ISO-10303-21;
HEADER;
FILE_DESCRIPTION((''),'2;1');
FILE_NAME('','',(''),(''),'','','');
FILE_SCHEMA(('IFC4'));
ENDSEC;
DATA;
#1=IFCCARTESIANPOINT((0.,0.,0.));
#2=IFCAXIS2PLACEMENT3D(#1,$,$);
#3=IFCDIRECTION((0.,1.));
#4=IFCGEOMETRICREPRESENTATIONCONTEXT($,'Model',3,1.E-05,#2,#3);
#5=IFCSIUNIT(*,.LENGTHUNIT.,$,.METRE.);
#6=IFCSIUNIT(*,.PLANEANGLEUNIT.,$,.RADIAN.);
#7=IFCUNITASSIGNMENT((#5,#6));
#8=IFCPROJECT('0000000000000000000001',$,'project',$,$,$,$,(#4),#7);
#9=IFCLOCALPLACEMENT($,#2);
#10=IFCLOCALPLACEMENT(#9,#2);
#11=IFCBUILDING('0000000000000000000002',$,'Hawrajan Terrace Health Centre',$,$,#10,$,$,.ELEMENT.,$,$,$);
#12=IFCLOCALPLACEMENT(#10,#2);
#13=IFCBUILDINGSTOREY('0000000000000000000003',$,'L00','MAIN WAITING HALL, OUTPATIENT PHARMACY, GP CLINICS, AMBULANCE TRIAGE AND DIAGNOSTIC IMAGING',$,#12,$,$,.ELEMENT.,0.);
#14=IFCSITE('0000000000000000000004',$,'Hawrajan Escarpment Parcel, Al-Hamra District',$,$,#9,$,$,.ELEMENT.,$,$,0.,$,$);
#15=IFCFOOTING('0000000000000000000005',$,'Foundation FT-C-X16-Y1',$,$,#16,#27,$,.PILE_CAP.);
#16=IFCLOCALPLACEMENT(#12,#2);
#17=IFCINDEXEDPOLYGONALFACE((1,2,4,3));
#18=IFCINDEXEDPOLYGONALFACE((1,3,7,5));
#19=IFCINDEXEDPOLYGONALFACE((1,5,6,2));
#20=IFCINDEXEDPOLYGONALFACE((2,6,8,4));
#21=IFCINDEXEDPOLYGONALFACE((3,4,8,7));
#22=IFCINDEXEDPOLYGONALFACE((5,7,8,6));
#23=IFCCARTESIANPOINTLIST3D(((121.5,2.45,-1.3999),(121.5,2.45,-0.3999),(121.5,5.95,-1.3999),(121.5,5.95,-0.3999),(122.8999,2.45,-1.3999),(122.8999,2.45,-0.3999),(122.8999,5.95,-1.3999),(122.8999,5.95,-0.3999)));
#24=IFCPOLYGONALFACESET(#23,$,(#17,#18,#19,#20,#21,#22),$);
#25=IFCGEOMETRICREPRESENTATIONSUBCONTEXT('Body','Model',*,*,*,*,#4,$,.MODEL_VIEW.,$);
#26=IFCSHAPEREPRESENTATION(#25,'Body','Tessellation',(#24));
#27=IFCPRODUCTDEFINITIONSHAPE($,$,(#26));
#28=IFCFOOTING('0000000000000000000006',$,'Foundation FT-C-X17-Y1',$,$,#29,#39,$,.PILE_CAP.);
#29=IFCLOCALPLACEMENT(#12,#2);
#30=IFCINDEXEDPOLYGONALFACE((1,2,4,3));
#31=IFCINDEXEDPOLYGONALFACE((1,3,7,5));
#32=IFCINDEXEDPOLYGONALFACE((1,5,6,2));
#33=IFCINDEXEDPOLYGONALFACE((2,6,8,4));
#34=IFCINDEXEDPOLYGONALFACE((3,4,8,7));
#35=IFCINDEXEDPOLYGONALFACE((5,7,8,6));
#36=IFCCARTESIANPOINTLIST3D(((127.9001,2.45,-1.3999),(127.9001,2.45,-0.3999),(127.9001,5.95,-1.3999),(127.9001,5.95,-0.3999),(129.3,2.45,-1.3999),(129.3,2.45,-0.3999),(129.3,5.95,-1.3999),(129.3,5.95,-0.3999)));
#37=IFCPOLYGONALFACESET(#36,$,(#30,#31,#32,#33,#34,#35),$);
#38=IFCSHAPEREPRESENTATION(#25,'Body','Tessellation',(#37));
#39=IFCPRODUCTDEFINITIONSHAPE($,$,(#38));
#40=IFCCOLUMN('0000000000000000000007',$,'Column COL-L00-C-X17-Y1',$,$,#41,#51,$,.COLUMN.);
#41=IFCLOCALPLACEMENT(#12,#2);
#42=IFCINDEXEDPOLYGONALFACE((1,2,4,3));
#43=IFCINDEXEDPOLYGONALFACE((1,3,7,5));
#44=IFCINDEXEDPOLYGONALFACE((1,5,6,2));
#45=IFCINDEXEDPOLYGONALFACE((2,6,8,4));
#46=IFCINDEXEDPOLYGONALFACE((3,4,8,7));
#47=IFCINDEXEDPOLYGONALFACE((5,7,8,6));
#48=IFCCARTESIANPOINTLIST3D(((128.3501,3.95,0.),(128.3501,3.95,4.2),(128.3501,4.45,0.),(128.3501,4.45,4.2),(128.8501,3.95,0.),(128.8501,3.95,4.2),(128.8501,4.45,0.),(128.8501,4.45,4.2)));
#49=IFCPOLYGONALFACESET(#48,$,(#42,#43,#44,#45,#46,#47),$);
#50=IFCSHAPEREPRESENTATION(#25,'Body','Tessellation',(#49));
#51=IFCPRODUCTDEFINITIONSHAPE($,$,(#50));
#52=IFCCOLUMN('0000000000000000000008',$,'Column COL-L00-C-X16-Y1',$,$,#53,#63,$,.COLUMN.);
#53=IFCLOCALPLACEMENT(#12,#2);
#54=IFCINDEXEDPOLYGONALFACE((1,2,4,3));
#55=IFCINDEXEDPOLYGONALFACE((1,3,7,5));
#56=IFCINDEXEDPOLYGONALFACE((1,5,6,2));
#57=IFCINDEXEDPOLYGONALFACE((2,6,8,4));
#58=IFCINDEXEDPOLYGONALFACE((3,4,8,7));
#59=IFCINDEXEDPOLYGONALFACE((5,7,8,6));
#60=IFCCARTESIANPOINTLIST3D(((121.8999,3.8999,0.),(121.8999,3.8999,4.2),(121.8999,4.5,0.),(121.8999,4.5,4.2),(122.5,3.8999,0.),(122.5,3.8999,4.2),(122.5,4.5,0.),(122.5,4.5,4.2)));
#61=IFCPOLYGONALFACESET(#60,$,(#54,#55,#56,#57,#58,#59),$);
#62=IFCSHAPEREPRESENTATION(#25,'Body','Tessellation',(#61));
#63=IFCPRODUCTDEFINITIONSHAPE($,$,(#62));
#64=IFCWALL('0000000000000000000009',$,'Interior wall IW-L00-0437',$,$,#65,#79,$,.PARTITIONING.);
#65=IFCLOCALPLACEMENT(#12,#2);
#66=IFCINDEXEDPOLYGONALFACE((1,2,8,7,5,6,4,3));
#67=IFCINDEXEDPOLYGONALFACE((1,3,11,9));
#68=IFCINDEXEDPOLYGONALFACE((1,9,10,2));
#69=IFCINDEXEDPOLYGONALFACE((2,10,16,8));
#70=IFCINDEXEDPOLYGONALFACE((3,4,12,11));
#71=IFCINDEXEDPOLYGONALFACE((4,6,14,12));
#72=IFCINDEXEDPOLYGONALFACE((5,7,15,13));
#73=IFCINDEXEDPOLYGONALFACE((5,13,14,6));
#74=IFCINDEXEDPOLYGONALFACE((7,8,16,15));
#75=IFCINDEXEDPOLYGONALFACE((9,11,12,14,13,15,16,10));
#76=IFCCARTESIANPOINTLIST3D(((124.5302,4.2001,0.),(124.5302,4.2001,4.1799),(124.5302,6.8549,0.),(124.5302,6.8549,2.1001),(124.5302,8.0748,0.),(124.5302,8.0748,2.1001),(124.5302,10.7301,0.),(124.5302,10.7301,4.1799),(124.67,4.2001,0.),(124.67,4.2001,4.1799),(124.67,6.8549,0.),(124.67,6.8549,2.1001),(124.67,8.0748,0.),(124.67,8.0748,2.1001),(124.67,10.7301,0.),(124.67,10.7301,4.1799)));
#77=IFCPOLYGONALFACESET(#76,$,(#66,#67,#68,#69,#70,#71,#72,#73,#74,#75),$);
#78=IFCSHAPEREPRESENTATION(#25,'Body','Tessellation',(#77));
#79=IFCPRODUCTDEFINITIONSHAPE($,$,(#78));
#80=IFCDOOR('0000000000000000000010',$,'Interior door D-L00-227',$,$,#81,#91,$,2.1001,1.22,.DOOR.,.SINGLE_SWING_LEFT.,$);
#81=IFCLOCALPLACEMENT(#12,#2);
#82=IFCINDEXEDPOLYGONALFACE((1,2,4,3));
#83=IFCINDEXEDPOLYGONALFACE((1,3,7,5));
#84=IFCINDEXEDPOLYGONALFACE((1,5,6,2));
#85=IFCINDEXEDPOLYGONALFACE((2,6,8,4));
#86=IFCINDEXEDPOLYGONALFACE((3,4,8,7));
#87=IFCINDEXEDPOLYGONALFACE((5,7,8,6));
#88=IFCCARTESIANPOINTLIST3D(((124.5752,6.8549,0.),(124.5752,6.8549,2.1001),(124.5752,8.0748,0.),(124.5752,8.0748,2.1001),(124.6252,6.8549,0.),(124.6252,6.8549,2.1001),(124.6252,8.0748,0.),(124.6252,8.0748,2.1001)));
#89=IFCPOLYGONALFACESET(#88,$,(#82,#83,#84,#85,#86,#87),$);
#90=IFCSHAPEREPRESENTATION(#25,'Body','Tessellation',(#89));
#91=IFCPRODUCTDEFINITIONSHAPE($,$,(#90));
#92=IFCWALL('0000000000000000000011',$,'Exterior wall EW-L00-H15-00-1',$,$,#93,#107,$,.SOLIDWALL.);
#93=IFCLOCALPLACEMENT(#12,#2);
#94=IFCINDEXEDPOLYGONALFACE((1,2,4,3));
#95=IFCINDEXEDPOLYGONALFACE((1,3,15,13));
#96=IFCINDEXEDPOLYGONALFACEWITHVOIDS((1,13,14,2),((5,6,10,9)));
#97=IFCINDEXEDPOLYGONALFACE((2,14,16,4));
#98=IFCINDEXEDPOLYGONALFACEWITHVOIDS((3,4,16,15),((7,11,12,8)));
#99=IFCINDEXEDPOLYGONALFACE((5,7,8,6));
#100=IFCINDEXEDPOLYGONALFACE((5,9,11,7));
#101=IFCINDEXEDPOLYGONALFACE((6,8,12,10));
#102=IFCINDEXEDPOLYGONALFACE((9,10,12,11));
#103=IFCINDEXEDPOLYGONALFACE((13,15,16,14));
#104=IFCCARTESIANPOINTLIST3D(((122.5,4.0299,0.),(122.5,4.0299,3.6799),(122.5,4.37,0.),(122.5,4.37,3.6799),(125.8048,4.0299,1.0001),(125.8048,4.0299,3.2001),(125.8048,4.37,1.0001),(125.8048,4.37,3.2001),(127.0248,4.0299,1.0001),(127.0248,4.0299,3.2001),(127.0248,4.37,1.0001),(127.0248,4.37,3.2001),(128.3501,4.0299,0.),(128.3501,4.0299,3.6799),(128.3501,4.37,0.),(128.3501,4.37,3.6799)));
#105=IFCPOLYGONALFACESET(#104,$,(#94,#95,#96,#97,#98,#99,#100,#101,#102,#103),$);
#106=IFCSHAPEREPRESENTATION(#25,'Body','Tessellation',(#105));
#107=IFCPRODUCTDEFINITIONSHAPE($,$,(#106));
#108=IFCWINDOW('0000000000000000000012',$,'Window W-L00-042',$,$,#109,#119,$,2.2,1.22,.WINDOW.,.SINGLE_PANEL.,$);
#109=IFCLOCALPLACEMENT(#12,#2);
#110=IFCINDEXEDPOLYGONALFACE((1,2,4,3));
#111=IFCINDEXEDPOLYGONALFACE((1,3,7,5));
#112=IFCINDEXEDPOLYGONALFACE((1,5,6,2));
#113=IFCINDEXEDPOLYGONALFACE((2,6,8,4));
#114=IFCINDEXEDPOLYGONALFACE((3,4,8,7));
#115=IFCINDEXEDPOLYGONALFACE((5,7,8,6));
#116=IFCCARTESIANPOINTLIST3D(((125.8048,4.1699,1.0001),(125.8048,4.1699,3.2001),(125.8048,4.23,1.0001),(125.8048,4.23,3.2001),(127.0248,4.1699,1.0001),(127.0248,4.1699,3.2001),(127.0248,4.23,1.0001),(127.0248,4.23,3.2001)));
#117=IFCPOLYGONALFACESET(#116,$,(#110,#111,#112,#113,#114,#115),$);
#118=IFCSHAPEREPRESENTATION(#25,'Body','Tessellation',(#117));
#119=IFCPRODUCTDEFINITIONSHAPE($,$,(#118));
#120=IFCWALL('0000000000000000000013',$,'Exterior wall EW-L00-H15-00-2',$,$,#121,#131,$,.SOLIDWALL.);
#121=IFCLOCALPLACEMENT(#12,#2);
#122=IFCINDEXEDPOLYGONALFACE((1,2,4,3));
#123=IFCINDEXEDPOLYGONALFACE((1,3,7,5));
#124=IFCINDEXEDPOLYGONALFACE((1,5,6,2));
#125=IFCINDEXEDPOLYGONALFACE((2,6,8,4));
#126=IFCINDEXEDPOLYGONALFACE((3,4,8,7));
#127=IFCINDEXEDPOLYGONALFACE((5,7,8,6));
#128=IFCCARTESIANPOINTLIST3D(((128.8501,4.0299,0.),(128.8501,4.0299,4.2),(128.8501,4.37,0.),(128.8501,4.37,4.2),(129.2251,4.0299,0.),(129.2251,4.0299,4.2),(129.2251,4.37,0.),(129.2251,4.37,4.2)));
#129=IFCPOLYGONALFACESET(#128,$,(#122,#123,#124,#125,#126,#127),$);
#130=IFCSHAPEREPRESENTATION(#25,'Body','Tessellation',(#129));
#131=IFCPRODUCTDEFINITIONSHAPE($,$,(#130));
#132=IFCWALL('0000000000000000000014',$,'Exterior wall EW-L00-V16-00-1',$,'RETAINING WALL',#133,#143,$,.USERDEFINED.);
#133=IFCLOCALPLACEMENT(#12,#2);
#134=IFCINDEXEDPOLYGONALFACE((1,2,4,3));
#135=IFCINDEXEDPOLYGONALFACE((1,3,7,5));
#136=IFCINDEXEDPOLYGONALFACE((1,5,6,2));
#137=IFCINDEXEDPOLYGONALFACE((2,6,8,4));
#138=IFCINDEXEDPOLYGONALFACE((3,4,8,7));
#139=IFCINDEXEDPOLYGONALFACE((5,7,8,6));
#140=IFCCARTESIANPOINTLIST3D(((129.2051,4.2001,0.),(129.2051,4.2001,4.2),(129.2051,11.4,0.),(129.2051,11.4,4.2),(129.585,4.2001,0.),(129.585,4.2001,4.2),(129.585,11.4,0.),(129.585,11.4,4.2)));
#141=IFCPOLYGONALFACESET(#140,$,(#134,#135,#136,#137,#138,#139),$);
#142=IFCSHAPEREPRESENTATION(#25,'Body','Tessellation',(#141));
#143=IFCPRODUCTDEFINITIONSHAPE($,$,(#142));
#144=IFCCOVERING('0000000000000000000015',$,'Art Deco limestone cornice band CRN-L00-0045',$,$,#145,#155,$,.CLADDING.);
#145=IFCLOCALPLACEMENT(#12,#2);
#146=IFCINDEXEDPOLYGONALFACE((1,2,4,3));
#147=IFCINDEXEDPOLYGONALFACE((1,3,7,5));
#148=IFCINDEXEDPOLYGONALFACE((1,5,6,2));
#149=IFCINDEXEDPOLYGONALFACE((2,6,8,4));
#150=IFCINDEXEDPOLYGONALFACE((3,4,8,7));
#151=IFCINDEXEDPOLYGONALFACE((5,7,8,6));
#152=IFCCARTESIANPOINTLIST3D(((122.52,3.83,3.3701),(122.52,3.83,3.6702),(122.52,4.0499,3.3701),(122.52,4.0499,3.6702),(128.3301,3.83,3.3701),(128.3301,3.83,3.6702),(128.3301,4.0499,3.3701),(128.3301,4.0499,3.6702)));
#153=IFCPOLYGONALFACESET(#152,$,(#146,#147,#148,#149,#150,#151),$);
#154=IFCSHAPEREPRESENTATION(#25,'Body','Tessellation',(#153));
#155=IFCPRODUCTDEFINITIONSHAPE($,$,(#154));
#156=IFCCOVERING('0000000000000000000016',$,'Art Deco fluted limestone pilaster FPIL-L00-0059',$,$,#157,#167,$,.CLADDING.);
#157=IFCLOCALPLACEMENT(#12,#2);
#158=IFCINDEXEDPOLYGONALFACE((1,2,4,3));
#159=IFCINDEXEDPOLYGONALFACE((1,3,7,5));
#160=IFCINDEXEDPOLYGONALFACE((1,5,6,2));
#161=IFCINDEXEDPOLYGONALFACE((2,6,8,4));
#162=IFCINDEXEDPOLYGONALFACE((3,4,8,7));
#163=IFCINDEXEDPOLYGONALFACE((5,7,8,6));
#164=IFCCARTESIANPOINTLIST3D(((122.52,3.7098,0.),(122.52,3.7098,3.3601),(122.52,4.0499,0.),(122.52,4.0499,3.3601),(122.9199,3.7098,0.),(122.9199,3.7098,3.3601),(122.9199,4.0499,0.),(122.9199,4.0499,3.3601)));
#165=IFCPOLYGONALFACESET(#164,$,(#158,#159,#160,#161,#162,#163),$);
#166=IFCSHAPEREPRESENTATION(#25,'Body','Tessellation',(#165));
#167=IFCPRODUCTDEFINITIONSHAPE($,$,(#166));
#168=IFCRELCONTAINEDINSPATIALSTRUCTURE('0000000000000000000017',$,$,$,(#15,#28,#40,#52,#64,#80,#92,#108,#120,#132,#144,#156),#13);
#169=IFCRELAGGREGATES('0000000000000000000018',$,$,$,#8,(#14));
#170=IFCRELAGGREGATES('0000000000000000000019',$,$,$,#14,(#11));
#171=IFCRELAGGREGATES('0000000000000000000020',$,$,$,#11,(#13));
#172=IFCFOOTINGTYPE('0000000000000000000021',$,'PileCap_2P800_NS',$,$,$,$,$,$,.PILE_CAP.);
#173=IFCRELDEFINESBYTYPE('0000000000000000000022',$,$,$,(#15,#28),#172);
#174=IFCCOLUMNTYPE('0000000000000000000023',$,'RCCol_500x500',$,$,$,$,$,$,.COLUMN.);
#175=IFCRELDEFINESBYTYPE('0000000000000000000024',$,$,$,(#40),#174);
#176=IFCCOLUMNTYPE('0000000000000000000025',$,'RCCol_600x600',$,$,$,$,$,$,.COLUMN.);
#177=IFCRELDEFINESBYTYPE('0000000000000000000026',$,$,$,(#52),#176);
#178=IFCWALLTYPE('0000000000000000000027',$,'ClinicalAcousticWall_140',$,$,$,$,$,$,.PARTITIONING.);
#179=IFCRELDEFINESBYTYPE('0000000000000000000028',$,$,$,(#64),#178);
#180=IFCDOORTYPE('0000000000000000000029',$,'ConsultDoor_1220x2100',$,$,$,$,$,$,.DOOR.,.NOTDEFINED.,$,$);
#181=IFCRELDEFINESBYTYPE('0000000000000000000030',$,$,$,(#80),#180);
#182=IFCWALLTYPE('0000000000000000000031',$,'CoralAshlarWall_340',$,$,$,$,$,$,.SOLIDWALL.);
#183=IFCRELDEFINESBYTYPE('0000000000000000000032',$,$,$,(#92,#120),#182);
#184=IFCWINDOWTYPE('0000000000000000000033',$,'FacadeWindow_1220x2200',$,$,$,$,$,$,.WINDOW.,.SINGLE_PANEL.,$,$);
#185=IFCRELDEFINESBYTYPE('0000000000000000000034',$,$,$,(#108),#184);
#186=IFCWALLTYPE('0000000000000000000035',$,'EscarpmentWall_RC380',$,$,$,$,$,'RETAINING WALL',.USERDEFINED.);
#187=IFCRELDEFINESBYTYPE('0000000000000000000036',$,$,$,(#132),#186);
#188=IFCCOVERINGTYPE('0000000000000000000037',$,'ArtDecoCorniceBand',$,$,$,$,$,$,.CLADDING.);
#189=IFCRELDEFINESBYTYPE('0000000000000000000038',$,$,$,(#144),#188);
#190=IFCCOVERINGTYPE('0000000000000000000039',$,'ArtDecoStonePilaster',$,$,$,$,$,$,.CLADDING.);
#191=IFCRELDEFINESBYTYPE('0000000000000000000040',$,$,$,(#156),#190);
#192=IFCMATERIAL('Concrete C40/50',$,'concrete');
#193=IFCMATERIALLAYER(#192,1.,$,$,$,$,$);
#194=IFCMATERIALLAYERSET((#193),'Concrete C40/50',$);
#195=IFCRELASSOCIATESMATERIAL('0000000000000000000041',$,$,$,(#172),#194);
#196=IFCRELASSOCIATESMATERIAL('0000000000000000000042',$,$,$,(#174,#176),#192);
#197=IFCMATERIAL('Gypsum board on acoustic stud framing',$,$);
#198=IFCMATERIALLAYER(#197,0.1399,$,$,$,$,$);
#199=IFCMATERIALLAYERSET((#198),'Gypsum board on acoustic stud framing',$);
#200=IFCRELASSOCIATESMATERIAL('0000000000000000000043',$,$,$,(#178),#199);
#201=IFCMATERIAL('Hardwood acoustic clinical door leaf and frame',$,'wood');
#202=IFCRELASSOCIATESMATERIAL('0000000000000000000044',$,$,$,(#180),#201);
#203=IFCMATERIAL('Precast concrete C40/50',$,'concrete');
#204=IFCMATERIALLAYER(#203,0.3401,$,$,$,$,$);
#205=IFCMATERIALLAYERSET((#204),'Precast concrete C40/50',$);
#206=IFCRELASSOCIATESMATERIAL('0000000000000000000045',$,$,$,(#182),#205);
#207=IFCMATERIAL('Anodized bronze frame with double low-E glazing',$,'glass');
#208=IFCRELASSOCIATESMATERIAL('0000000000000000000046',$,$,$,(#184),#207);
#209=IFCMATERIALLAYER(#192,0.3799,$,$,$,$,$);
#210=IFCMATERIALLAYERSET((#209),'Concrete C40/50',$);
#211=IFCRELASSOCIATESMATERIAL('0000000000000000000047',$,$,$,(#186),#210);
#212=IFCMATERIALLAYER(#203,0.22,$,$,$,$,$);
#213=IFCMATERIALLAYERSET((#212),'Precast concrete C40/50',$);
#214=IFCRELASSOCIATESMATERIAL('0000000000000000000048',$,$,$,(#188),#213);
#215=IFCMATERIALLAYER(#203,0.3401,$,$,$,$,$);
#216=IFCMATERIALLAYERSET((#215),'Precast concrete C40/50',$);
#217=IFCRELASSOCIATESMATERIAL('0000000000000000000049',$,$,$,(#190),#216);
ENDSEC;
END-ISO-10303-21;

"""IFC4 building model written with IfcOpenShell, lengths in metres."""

from ifc_helpers import new_model, si_unit, direction, frame, frame_2d, origin, origin_2d, place, context, subcontext, project, spatial, rectangle, extrude, material, layer, layer_set, material_profile, profile_set, type_object, element, fill, save


model = new_model("IFC4")

# Units and contexts
model_context = context("Model", 3, precision=1e-05, world=origin(), true_north=direction((0.0, 1.0)))
body_context = subcontext(model_context, "Body", "Model", "MODEL_VIEW")
ifc_project = project(units=[si_unit("LENGTHUNIT", "METRE"), si_unit("PLANEANGLEUNIT", "RADIAN")], contexts=[model_context])

# Site, building, storey
site_placement = place(None, origin())
site = spatial("IfcSite", under=ifc_project, at=site_placement, Name="Hawrajan Escarpment Parcel, Al-Hamra District", CompositionType="ELEMENT", RefElevation=0.0)
building_placement = place(site_placement, origin())
building = spatial("IfcBuilding", under=site, at=building_placement, Name="Hawrajan Terrace Health Centre", CompositionType="ELEMENT")
storey_placement = place(building_placement, origin())
storey = spatial("IfcBuildingStorey", under=building, at=storey_placement, Name="L00", Description="MAIN WAITING HALL, OUTPATIENT PHARMACY, GP CLINICS, AMBULANCE TRIAGE AND DIAGNOSTIC IMAGING", CompositionType="ELEMENT", Elevation=0.0)

# Shared definitions
ifc_material_1 = material(Name="Concrete C40/50", Category="concrete")

# Footings
ifc_layer_1 = layer(ifc_material_1, 1.0)
ifc_layer_set_1 = layer_set([ifc_layer_1], Name="Concrete C40/50")
footing_type_1 = type_object("IfcFootingType", Name="PileCap_2P800_NS", PredefinedType="PILE_CAP", material=ifc_layer_set_1)
for number, where, z_axis, x_axis, name in (
    (1, (122.2, 4.2, -1.3999), (0.0, 0.0, 1.0), (1.0, 0.0, 0.0), "Foundation FT-C-X16-Y1"),
    (2, (128.6001, 4.2, -1.3999), (0.0, 0.0, 1.0), (1.0, 0.0, 0.0), "Foundation FT-C-X17-Y1"),
):
    element("IfcFooting", number, at=place(storey_placement, frame(where, z_axis=z_axis, x_axis=x_axis)), inside=storey, type_object=footing_type_1, Name=name, PredefinedType="PILE_CAP", context=body_context, shape_type="SweptSolid", body=[
        extrude(rectangle(XDim=1.3999, YDim=3.5, at=origin_2d()), origin(), (0.0, 0.0, 1.0), 1.0),
    ])

# Columns
ifc_material_profile_1 = material_profile(ifc_material_1, rectangle(XDim=0.5, YDim=0.5, at=origin_2d()), Name="RC 500x500")
ifc_profile_set_1 = profile_set([ifc_material_profile_1], Name="Concrete C40/50")
column_type_1 = type_object("IfcColumnType", Name="RCCol_500x500", PredefinedType="COLUMN", material=ifc_profile_set_1)
column_1_placement = place(storey_placement, frame((128.6001, 4.2, 0.0), z_axis=(0.0, 0.0, 1.0), x_axis=(1.0, 0.0, 0.0)))
element("IfcColumn", 3, at=column_1_placement, inside=storey, type_object=column_type_1, Name="Column COL-L00-C-X17-Y1", PredefinedType="COLUMN", context=body_context, shape_type="SweptSolid", body=[
    extrude(rectangle(XDim=0.5, YDim=0.5, at=origin_2d()), origin(), (0.0, 0.0, 1.0), 4.2),
])
ifc_material_profile_2 = material_profile(ifc_material_1, rectangle(XDim=0.6001, YDim=0.6001, at=origin_2d()), Name="RC 600x600")
ifc_profile_set_2 = profile_set([ifc_material_profile_2], Name="Concrete C40/50")
column_type_2 = type_object("IfcColumnType", Name="RCCol_600x600", PredefinedType="COLUMN", material=ifc_profile_set_2)
column_2_placement = place(storey_placement, frame((122.2, 4.2, 0.0), z_axis=(0.0, 0.0, 1.0), x_axis=(1.0, 0.0, 0.0)))
element("IfcColumn", 4, at=column_2_placement, inside=storey, type_object=column_type_2, Name="Column COL-L00-C-X16-Y1", PredefinedType="COLUMN", context=body_context, shape_type="SweptSolid", body=[
    extrude(rectangle(XDim=0.6001, YDim=0.6001, at=origin_2d()), origin(), (0.0, 0.0, 1.0), 4.2),
])

# Wall, opening, door
ifc_material_2 = material(Name="Gypsum board on acoustic stud framing")
ifc_layer_2 = layer(ifc_material_2, 0.1399)
ifc_layer_set_2 = layer_set([ifc_layer_2], Name="Gypsum board on acoustic stud framing")
wall_type_1 = type_object("IfcWallType", Name="ClinicalAcousticWall_140", PredefinedType="PARTITIONING", material=ifc_layer_set_2)
wall_1_placement = place(storey_placement, frame((124.6001, 4.2, 0.0), z_axis=(0.0, 0.0, 1.0), x_axis=(0.0, 1.0, 0.0)))
wall_1 = element("IfcWall", 5, at=wall_1_placement, inside=storey, type_object=wall_type_1, Name="Interior wall IW-L00-0437", PredefinedType="PARTITIONING", context=body_context, shape_type="SweptSolid", body=[
    extrude(rectangle(XDim=6.53, YDim=0.1399, at=frame_2d((3.2651, 0.0))), origin(), (0.0, 0.0, 1.0), 4.1799),
])
opening_1_placement = place(wall_1_placement, frame((2.655, 0.0, 0.0)))
opening_1 = element("IfcOpeningElement", 6, at=opening_1_placement, cuts=wall_1, PredefinedType="OPENING", context=body_context, shape_type="SweptSolid", body=[
    extrude(rectangle(XDim=1.22, YDim=2.1001, at=frame_2d((0.6099, 1.05))), frame((0.0, 0.0798, 0.0), z_axis=(0.0, -1.0, 0.0), x_axis=(1.0, 0.0, 0.0)), (0.0, 0.0, 1.0), 0.1599),
])
ifc_material_3 = material(Name="Hardwood acoustic clinical door leaf and frame", Category="wood")
door_type = type_object("IfcDoorType", Name="ConsultDoor_1220x2100", OperationType="NOTDEFINED", PredefinedType="DOOR", material=ifc_material_3)
door_placement = place(opening_1_placement, origin())
door = element("IfcDoor", 7, at=door_placement, inside=storey, type_object=door_type, Name="Interior door D-L00-227", OperationType="SINGLE_SWING_LEFT", OverallHeight=2.1001, OverallWidth=1.22, PredefinedType="DOOR", context=body_context, shape_type="SweptSolid", body=[
    extrude(rectangle(XDim=1.22, YDim=2.1001, at=frame_2d((0.6099, 1.05))), frame((0.0, 0.0249, 0.0), z_axis=(0.0, -1.0, 0.0), x_axis=(1.0, 0.0, 0.0)), (0.0, 0.0, 1.0), 0.05),
])
fill(opening_1, door)

# Wall, opening, window
ifc_material_4 = material(Name="Precast concrete C40/50", Category="concrete")
ifc_layer_3 = layer(ifc_material_4, 0.3401)
ifc_layer_set_3 = layer_set([ifc_layer_3], Name="Precast concrete C40/50")
wall_type_2 = type_object("IfcWallType", Name="CoralAshlarWall_340", PredefinedType="SOLIDWALL", material=ifc_layer_set_3)
wall_2_placement = place(storey_placement, frame((122.5, 4.2, 0.0), z_axis=(0.0, 0.0, 1.0), x_axis=(1.0, 0.0, 0.0)))
wall_2 = element("IfcWall", 8, at=wall_2_placement, inside=storey, type_object=wall_type_2, Name="Exterior wall EW-L00-H15-00-1", PredefinedType="SOLIDWALL", context=body_context, shape_type="SweptSolid", body=[
    extrude(rectangle(XDim=5.8501, YDim=0.3401, at=frame_2d((2.925, 0.0))), origin(), (0.0, 0.0, 1.0), 3.6799),
])
opening_2_placement = place(wall_2_placement, frame((3.3049, 0.0, 1.0)))
opening_2 = element("IfcOpeningElement", 9, at=opening_2_placement, cuts=wall_2, PredefinedType="OPENING", context=body_context, shape_type="SweptSolid", body=[
    extrude(rectangle(XDim=1.22, YDim=2.2, at=frame_2d((0.6099, 1.1001))), frame((0.0, 0.1799, 0.0), z_axis=(0.0, -1.0, 0.0), x_axis=(1.0, 0.0, 0.0)), (0.0, 0.0, 1.0), 0.3601),
])
ifc_material_5 = material(Name="Anodized bronze frame with double low-E glazing", Category="glass")
window_type = type_object("IfcWindowType", Name="FacadeWindow_1220x2200", PartitioningType="SINGLE_PANEL", PredefinedType="WINDOW", material=ifc_material_5)
window_placement = place(opening_2_placement, origin())
window = element("IfcWindow", 10, at=window_placement, inside=storey, type_object=window_type, Name="Window W-L00-042", OverallHeight=2.2, OverallWidth=1.22, PartitioningType="SINGLE_PANEL", PredefinedType="WINDOW", context=body_context, shape_type="SweptSolid", body=[
    extrude(rectangle(XDim=1.22, YDim=2.2, at=frame_2d((0.6099, 1.1001))), frame((0.0, 0.03, 0.0), z_axis=(0.0, -1.0, 0.0), x_axis=(1.0, 0.0, 0.0)), (0.0, 0.0, 1.0), 0.0601),
])
fill(opening_2, window)

# Walls
wall_3_placement = place(storey_placement, frame((128.8501, 4.2, 0.0), z_axis=(0.0, 0.0, 1.0), x_axis=(1.0, 0.0, 0.0)))
element("IfcWall", 11, at=wall_3_placement, inside=storey, type_object=wall_type_2, Name="Exterior wall EW-L00-H15-00-2", PredefinedType="SOLIDWALL", context=body_context, shape_type="SweptSolid", body=[
    extrude(rectangle(XDim=0.375, YDim=0.3401, at=frame_2d((0.1875, 0.0))), origin(), (0.0, 0.0, 1.0), 4.2),
])
ifc_layer_4 = layer(ifc_material_1, 0.3799)
ifc_layer_set_4 = layer_set([ifc_layer_4], Name="Concrete C40/50")
wall_type_3 = type_object("IfcWallType", Name="EscarpmentWall_RC380", ElementType="RETAINING WALL", PredefinedType="USERDEFINED", material=ifc_layer_set_4)
wall_4_placement = place(storey_placement, frame((129.395, 4.2, 0.0), z_axis=(0.0, 0.0, 1.0), x_axis=(0.0, 1.0, 0.0)))
element("IfcWall", 12, at=wall_4_placement, inside=storey, type_object=wall_type_3, Name="Exterior wall EW-L00-V16-00-1", ObjectType="RETAINING WALL", PredefinedType="USERDEFINED", context=body_context, shape_type="SweptSolid", body=[
    extrude(rectangle(XDim=7.2, YDim=0.3799, at=frame_2d((3.6001, 0.0))), origin(), (0.0, 0.0, 1.0), 4.2),
])

# Coverings
ifc_layer_5 = layer(ifc_material_4, 0.22)
ifc_layer_set_5 = layer_set([ifc_layer_5], Name="Precast concrete C40/50")
covering_type_1 = type_object("IfcCoveringType", Name="ArtDecoCorniceBand", PredefinedType="CLADDING", material=ifc_layer_set_5)
covering_1_placement = place(storey_placement, frame((125.425, 3.9399, 3.3701), z_axis=(0.0, 0.0, 1.0), x_axis=(1.0, 0.0, 0.0)))
element("IfcCovering", 13, at=covering_1_placement, inside=storey, type_object=covering_type_1, Name="Art Deco limestone cornice band CRN-L00-0045", PredefinedType="CLADDING", context=body_context, shape_type="SweptSolid", body=[
    extrude(rectangle(XDim=5.8101, YDim=0.22, at=origin_2d()), origin(), (0.0, 0.0, 1.0), 0.3),
])
ifc_layer_6 = layer(ifc_material_4, 0.3401)
ifc_layer_set_6 = layer_set([ifc_layer_6], Name="Precast concrete C40/50")
covering_type_2 = type_object("IfcCoveringType", Name="ArtDecoStonePilaster", PredefinedType="CLADDING", material=ifc_layer_set_6)
for number, where, z_axis, x_axis, name in (
    (14, (122.72, 3.8799, 0.0), (0.0, 0.0, 1.0), (1.0, 0.0, 0.0), "Art Deco fluted limestone pilaster FPIL-L00-0059"),
):
    element("IfcCovering", number, at=place(storey_placement, frame(where, z_axis=z_axis, x_axis=x_axis)), inside=storey, type_object=covering_type_2, Name=name, PredefinedType="CLADDING", context=body_context, shape_type="SweptSolid", body=[
        extrude(rectangle(XDim=0.3999, YDim=0.3401, at=origin_2d()), origin(), (0.0, 0.0, 1.0), 3.3601),
    ])

save(model, "model.ifc")
